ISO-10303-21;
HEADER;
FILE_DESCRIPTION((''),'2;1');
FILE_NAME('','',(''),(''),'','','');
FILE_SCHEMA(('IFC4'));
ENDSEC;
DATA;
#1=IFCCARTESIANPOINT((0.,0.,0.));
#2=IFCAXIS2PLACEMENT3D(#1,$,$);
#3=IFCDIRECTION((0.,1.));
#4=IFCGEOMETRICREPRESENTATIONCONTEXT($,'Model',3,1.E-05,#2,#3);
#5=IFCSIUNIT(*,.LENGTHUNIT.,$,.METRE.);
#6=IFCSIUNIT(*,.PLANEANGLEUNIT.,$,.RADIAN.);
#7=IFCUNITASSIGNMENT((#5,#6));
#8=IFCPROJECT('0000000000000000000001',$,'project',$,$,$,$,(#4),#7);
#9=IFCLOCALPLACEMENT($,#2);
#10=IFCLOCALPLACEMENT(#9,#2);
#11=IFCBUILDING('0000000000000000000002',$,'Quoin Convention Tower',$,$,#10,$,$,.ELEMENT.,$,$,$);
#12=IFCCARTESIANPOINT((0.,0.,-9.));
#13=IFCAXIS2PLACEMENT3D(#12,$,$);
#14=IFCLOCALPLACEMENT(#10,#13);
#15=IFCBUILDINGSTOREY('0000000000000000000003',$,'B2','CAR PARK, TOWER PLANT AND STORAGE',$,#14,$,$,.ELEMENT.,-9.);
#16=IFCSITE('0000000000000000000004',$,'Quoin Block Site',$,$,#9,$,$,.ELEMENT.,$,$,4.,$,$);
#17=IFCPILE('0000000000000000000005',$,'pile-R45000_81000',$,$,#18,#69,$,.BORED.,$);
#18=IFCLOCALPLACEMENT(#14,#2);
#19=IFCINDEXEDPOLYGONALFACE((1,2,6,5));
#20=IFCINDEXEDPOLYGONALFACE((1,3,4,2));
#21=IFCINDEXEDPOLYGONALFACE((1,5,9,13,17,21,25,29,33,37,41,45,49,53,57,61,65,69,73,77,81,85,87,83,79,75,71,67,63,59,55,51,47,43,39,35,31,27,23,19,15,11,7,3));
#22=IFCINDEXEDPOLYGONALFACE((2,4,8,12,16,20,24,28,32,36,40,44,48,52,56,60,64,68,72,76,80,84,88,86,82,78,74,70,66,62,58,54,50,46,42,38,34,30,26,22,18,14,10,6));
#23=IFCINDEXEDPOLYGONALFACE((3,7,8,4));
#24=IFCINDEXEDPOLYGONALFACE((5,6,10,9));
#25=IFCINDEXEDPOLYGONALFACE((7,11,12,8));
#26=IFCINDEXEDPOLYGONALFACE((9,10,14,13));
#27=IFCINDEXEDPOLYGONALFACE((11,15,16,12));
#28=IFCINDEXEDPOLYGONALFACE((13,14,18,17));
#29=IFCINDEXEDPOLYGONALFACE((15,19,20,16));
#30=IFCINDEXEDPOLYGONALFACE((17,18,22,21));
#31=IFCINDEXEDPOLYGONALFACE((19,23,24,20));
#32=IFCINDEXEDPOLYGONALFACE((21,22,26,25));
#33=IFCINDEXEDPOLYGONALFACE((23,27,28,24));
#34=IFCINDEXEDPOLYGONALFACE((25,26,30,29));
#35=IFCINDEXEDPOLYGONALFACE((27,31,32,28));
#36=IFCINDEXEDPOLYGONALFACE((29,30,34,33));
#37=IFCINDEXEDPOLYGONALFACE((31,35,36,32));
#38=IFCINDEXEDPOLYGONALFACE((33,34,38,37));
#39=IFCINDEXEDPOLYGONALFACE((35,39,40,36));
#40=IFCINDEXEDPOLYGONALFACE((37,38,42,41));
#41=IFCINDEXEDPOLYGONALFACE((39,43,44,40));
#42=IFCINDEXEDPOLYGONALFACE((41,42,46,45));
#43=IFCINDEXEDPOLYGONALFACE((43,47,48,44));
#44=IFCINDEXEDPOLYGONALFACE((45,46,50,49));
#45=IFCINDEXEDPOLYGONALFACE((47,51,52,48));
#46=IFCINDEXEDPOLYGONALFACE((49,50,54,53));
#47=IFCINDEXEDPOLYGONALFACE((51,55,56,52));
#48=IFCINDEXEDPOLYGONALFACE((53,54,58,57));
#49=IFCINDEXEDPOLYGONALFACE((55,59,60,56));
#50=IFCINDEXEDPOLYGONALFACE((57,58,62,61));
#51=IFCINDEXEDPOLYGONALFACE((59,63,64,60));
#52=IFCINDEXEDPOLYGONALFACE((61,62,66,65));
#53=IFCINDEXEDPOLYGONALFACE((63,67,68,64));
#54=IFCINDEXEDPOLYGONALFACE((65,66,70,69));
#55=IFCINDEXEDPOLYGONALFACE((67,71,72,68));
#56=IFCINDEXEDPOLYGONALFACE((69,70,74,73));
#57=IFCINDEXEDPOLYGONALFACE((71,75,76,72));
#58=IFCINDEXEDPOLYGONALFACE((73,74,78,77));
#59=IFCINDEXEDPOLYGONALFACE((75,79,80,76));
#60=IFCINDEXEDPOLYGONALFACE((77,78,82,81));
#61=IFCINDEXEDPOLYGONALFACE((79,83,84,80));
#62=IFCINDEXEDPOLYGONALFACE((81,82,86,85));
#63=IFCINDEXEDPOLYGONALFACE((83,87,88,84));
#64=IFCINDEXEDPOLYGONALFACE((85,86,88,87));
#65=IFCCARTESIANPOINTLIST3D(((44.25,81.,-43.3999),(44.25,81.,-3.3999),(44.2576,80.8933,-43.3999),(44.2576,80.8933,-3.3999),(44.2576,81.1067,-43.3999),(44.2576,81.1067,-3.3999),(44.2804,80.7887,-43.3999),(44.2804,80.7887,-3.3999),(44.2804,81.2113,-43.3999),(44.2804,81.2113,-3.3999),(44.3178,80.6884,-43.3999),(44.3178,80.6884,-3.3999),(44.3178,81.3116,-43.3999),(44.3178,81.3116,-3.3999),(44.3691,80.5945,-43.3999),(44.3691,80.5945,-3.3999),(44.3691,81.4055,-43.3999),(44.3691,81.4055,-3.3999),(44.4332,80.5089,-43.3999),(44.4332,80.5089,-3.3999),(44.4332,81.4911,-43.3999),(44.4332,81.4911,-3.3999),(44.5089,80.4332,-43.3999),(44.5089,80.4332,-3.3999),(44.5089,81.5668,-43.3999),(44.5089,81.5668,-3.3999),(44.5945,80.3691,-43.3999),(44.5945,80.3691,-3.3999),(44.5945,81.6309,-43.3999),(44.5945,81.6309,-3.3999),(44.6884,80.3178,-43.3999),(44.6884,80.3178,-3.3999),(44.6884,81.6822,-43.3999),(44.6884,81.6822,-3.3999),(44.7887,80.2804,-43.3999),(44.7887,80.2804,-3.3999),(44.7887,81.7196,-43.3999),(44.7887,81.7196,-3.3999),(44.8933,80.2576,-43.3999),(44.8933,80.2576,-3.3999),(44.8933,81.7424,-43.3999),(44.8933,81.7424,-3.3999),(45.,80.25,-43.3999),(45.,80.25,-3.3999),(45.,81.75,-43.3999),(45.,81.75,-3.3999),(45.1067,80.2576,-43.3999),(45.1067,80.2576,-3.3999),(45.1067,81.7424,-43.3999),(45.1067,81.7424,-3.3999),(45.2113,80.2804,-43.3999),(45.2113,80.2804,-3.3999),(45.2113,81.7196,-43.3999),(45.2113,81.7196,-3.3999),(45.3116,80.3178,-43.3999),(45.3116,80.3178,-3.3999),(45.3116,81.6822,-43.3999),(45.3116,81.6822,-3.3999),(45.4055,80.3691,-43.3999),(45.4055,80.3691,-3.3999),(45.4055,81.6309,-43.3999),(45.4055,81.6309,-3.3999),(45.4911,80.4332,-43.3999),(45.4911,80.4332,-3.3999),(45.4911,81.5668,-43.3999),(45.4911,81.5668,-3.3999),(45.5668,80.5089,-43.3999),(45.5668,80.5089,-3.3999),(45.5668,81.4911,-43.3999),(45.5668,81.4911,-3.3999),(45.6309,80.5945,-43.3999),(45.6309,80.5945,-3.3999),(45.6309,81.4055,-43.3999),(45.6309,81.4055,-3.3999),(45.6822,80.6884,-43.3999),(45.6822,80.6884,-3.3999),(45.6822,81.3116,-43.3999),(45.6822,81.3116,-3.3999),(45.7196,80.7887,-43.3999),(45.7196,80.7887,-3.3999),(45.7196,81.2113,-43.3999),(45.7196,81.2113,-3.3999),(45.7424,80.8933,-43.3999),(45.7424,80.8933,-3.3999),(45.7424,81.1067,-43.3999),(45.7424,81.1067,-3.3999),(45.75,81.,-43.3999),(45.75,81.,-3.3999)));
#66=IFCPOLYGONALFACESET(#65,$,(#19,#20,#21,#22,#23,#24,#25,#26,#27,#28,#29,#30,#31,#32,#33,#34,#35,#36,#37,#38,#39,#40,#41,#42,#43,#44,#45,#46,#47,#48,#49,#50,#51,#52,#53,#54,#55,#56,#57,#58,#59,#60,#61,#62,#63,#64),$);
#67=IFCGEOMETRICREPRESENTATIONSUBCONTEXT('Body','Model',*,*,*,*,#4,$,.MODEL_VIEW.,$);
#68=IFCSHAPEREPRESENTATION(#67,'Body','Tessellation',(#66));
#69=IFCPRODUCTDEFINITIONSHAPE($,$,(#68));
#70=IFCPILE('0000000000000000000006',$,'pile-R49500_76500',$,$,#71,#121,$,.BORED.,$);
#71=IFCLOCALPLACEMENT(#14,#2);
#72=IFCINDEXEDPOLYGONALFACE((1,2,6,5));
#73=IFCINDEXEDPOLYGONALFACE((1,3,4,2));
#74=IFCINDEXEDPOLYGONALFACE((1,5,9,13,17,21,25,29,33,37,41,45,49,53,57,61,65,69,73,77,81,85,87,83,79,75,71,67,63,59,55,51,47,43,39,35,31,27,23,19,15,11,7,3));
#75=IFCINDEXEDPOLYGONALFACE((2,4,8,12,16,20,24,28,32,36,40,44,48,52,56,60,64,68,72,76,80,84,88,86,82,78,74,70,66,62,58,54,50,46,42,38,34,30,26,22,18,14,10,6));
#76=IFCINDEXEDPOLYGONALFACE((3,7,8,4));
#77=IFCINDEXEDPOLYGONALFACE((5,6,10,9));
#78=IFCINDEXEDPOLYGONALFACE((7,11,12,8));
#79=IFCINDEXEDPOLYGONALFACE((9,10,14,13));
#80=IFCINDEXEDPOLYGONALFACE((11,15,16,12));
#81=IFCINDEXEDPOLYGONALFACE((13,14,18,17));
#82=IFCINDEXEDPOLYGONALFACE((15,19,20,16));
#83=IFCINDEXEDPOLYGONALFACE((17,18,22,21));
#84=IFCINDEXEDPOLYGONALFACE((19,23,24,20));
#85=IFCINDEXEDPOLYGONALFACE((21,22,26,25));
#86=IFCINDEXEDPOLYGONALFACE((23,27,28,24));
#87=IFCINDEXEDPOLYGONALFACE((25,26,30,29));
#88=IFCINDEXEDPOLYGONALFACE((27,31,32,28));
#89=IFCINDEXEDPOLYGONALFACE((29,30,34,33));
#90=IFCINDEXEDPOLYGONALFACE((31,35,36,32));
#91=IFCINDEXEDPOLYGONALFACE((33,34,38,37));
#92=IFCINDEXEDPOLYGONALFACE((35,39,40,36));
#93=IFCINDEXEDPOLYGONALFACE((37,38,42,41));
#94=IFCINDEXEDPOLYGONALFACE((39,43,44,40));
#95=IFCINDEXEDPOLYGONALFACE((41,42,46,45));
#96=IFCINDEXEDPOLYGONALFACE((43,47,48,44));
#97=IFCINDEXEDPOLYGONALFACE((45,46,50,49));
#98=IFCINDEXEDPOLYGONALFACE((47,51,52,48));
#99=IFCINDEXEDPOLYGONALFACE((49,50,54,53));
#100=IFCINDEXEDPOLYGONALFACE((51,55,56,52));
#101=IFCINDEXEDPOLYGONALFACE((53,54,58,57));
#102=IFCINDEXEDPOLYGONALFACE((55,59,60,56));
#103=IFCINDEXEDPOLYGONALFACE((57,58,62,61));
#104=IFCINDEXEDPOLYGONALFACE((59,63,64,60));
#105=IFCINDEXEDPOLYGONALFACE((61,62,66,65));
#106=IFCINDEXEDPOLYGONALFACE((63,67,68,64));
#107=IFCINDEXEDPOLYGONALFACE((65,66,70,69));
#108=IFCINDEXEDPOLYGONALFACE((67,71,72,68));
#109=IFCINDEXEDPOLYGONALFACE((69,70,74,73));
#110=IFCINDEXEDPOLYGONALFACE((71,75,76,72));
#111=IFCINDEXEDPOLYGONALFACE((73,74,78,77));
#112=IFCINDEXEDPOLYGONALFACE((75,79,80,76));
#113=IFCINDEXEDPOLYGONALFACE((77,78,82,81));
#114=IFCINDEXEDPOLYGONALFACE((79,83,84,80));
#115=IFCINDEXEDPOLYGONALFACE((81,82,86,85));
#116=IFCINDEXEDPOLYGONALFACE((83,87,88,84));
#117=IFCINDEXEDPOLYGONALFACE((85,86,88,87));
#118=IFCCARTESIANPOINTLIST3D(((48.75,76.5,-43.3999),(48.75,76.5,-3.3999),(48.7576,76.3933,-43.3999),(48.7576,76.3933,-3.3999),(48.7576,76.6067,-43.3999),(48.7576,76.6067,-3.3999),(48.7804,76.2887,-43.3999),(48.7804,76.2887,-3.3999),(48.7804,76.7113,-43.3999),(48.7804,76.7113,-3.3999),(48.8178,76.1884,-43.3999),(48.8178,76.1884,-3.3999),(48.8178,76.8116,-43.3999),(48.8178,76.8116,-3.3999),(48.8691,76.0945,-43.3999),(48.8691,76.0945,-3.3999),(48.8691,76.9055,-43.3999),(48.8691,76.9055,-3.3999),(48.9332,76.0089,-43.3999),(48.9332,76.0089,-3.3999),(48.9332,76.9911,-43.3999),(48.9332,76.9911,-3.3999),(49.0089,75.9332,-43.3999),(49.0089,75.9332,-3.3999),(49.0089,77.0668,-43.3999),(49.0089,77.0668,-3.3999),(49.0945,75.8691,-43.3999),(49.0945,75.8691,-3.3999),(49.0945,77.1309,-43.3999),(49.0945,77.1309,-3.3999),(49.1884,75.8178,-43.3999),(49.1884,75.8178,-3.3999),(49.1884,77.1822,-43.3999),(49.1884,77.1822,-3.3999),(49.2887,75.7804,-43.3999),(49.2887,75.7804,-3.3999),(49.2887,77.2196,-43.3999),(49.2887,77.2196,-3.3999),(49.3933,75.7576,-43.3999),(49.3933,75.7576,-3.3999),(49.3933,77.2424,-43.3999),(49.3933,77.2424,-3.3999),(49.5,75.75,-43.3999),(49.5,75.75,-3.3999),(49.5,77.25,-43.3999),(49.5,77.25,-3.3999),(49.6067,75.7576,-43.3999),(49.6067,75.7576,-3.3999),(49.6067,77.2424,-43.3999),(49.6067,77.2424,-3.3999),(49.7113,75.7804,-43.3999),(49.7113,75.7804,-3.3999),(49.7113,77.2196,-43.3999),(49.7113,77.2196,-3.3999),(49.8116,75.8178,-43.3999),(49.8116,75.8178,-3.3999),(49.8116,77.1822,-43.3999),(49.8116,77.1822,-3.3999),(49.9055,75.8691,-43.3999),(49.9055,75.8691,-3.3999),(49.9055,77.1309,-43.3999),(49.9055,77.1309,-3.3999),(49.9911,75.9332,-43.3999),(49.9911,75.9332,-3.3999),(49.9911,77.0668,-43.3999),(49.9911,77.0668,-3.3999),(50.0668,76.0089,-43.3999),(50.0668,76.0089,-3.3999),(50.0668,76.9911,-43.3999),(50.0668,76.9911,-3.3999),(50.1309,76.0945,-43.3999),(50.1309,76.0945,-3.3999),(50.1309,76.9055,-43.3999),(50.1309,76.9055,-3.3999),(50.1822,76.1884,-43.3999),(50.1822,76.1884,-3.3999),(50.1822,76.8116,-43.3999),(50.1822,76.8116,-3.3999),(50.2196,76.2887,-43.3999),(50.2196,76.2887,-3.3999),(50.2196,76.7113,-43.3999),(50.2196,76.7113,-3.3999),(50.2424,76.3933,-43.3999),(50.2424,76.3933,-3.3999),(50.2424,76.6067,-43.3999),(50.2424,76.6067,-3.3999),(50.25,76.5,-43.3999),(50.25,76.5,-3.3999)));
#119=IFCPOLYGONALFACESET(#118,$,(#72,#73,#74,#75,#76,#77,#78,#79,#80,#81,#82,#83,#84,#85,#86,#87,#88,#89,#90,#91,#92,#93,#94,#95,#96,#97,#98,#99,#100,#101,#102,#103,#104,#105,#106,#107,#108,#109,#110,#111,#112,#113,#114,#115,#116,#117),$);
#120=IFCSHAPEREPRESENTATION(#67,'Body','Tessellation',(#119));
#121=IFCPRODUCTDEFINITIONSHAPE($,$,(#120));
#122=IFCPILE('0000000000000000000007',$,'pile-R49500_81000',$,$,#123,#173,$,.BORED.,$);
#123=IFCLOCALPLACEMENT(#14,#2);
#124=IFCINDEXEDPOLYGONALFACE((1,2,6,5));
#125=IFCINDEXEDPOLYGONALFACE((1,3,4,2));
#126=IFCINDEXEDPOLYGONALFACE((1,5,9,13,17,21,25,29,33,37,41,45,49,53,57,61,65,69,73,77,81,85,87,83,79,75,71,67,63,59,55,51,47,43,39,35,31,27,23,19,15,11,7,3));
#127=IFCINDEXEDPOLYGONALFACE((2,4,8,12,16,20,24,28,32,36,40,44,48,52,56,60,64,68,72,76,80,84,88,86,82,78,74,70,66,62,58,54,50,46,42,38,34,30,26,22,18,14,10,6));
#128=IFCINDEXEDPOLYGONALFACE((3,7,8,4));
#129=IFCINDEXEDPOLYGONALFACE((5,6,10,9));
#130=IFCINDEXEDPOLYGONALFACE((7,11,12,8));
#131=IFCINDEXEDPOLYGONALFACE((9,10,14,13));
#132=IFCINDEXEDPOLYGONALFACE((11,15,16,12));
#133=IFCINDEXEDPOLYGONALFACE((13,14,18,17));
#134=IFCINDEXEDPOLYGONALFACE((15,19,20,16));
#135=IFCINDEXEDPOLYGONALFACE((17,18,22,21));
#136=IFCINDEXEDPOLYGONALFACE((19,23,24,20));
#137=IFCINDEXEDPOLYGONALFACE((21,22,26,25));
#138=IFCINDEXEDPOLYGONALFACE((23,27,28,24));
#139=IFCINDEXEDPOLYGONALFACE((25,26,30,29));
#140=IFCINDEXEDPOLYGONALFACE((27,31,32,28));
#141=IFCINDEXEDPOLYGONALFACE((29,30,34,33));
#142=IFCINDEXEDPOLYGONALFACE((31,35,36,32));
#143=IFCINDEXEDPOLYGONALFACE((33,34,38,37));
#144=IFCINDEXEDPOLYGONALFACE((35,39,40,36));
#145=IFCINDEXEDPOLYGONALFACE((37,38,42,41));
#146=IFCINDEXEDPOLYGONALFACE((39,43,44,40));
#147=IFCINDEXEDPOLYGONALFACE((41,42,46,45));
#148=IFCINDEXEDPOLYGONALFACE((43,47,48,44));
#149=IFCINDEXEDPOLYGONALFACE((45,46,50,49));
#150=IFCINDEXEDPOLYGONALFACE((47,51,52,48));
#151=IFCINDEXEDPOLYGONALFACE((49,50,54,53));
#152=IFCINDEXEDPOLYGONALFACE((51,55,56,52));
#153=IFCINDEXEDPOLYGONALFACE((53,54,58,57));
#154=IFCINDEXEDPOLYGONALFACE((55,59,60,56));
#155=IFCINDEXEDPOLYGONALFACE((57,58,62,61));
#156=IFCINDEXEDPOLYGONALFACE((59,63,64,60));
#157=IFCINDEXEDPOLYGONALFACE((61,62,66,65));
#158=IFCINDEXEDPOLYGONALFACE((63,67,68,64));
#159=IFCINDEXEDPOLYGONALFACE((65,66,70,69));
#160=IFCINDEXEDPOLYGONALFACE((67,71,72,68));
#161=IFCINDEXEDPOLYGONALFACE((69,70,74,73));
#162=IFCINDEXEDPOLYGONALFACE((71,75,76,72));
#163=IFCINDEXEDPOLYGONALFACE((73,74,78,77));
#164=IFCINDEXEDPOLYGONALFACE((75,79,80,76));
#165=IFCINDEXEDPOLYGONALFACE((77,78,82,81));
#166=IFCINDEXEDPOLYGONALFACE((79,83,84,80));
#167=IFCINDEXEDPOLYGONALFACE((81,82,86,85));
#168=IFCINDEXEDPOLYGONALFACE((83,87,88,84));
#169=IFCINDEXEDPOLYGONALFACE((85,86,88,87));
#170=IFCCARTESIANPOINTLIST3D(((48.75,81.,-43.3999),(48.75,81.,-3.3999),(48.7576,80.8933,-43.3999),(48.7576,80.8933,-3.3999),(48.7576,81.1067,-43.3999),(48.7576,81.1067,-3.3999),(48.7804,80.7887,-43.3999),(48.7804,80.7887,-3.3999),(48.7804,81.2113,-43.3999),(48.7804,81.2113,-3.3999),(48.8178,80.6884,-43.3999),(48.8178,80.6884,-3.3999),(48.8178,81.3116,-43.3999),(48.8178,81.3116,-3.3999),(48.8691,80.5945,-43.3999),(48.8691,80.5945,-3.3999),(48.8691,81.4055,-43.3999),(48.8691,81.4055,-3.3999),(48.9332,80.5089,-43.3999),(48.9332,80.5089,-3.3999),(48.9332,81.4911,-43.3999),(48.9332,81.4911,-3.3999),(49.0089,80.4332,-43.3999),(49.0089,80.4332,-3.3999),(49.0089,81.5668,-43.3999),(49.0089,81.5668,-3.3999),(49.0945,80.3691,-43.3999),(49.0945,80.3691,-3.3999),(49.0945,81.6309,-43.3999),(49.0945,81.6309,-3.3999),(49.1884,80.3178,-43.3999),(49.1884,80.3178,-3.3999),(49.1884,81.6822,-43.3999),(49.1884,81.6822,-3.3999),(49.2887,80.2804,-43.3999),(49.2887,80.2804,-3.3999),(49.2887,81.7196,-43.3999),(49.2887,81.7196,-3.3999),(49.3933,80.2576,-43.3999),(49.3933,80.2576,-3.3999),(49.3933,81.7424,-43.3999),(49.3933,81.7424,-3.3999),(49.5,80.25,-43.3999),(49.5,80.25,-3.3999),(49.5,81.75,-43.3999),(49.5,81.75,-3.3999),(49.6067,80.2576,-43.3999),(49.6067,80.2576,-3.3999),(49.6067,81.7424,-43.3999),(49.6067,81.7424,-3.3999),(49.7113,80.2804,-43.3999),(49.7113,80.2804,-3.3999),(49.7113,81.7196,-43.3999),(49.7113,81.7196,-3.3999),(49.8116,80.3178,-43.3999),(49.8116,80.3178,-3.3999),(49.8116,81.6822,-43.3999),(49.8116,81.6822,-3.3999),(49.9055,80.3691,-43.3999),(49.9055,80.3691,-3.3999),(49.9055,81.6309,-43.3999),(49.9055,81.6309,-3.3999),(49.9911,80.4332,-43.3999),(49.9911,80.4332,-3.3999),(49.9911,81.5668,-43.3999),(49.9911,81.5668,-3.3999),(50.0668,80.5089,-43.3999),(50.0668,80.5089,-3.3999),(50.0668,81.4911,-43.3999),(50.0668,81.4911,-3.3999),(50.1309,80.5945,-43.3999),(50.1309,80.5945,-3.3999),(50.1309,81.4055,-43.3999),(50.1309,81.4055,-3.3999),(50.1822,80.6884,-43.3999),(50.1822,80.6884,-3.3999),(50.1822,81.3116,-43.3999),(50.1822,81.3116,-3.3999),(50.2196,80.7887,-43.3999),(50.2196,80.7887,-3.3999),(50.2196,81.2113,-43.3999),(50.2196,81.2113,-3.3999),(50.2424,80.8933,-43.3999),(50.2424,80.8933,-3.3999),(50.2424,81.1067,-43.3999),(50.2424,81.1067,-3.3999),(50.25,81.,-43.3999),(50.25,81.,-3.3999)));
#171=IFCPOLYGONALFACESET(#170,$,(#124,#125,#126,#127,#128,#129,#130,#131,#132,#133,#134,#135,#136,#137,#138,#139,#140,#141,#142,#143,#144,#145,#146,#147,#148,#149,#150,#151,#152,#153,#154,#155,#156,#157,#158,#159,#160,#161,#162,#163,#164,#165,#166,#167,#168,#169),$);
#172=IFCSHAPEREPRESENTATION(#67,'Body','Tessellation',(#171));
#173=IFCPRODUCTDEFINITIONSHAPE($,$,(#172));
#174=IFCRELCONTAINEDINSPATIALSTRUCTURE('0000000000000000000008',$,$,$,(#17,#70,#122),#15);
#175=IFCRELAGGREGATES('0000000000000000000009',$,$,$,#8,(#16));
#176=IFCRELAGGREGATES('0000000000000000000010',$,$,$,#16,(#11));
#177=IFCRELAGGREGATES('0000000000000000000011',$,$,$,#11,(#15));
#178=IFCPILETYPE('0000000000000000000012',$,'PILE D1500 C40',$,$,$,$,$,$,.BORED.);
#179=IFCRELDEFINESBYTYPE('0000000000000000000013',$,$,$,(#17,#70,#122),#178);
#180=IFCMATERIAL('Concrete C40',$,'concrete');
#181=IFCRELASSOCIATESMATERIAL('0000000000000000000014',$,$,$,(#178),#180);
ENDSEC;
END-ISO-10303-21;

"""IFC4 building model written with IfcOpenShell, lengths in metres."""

from ifc_helpers import new_model, si_unit, direction, frame, origin, origin_2d, place, context, subcontext, project, spatial, circle, extrude, material, material_profile, profile_set, type_object, element, save


model = new_model("IFC4")

# Units and contexts
model_context = context("Model", 3, precision=1e-05, world=origin(), true_north=direction((0.0, 1.0)))
body_context = subcontext(model_context, "Body", "Model", "MODEL_VIEW")
ifc_project = project(units=[si_unit("LENGTHUNIT", "METRE"), si_unit("PLANEANGLEUNIT", "RADIAN")], contexts=[model_context])

# Site, building, storey
site_placement = place(None, origin())
site = spatial("IfcSite", under=ifc_project, at=site_placement, Name="Quoin Block Site", CompositionType="ELEMENT", RefElevation=4.0)
building_placement = place(site_placement, origin())
building = spatial("IfcBuilding", under=site, at=building_placement, Name="Quoin Convention Tower", CompositionType="ELEMENT")
storey_placement = place(building_placement, frame((0.0, 0.0, -9.0)))
storey = spatial("IfcBuildingStorey", under=building, at=storey_placement, Name="B2", Description="CAR PARK, TOWER PLANT AND STORAGE", CompositionType="ELEMENT", Elevation=-9.0)

# Piles
ifc_material_1 = material(Name="Concrete C40", Category="concrete")
ifc_material_profile_1 = material_profile(ifc_material_1, circle(Radius=0.75, at=origin_2d()), Name="D1500")
ifc_profile_set_1 = profile_set([ifc_material_profile_1], Name="Concrete C40")
pile_type = type_object("IfcPileType", Name="PILE D1500 C40", PredefinedType="BORED", material=ifc_profile_set_1)
for number, where, z_axis, x_axis, name in (
    (1, (45.0, 81.0, -3.3999), (0.0, 0.0, -1.0), (1.0, 0.0, 0.0), "pile-R45000_81000"),
    (2, (49.5, 76.5, -3.3999), (0.0, 0.0, -1.0), (1.0, 0.0, 0.0), "pile-R49500_76500"),
    (3, (49.5, 81.0, -3.3999), (0.0, 0.0, -1.0), (1.0, 0.0, 0.0), "pile-R49500_81000"),
):
    element("IfcPile", number, at=place(storey_placement, frame(where, z_axis=z_axis, x_axis=x_axis)), inside=storey, type_object=pile_type, Name=name, PredefinedType="BORED", context=body_context, shape_type="SweptSolid", body=[
        extrude(circle(Radius=0.75, at=origin_2d()), origin(), (0.0, 0.0, 1.0), 40.0),
    ])

save(model, "model.ifc")
